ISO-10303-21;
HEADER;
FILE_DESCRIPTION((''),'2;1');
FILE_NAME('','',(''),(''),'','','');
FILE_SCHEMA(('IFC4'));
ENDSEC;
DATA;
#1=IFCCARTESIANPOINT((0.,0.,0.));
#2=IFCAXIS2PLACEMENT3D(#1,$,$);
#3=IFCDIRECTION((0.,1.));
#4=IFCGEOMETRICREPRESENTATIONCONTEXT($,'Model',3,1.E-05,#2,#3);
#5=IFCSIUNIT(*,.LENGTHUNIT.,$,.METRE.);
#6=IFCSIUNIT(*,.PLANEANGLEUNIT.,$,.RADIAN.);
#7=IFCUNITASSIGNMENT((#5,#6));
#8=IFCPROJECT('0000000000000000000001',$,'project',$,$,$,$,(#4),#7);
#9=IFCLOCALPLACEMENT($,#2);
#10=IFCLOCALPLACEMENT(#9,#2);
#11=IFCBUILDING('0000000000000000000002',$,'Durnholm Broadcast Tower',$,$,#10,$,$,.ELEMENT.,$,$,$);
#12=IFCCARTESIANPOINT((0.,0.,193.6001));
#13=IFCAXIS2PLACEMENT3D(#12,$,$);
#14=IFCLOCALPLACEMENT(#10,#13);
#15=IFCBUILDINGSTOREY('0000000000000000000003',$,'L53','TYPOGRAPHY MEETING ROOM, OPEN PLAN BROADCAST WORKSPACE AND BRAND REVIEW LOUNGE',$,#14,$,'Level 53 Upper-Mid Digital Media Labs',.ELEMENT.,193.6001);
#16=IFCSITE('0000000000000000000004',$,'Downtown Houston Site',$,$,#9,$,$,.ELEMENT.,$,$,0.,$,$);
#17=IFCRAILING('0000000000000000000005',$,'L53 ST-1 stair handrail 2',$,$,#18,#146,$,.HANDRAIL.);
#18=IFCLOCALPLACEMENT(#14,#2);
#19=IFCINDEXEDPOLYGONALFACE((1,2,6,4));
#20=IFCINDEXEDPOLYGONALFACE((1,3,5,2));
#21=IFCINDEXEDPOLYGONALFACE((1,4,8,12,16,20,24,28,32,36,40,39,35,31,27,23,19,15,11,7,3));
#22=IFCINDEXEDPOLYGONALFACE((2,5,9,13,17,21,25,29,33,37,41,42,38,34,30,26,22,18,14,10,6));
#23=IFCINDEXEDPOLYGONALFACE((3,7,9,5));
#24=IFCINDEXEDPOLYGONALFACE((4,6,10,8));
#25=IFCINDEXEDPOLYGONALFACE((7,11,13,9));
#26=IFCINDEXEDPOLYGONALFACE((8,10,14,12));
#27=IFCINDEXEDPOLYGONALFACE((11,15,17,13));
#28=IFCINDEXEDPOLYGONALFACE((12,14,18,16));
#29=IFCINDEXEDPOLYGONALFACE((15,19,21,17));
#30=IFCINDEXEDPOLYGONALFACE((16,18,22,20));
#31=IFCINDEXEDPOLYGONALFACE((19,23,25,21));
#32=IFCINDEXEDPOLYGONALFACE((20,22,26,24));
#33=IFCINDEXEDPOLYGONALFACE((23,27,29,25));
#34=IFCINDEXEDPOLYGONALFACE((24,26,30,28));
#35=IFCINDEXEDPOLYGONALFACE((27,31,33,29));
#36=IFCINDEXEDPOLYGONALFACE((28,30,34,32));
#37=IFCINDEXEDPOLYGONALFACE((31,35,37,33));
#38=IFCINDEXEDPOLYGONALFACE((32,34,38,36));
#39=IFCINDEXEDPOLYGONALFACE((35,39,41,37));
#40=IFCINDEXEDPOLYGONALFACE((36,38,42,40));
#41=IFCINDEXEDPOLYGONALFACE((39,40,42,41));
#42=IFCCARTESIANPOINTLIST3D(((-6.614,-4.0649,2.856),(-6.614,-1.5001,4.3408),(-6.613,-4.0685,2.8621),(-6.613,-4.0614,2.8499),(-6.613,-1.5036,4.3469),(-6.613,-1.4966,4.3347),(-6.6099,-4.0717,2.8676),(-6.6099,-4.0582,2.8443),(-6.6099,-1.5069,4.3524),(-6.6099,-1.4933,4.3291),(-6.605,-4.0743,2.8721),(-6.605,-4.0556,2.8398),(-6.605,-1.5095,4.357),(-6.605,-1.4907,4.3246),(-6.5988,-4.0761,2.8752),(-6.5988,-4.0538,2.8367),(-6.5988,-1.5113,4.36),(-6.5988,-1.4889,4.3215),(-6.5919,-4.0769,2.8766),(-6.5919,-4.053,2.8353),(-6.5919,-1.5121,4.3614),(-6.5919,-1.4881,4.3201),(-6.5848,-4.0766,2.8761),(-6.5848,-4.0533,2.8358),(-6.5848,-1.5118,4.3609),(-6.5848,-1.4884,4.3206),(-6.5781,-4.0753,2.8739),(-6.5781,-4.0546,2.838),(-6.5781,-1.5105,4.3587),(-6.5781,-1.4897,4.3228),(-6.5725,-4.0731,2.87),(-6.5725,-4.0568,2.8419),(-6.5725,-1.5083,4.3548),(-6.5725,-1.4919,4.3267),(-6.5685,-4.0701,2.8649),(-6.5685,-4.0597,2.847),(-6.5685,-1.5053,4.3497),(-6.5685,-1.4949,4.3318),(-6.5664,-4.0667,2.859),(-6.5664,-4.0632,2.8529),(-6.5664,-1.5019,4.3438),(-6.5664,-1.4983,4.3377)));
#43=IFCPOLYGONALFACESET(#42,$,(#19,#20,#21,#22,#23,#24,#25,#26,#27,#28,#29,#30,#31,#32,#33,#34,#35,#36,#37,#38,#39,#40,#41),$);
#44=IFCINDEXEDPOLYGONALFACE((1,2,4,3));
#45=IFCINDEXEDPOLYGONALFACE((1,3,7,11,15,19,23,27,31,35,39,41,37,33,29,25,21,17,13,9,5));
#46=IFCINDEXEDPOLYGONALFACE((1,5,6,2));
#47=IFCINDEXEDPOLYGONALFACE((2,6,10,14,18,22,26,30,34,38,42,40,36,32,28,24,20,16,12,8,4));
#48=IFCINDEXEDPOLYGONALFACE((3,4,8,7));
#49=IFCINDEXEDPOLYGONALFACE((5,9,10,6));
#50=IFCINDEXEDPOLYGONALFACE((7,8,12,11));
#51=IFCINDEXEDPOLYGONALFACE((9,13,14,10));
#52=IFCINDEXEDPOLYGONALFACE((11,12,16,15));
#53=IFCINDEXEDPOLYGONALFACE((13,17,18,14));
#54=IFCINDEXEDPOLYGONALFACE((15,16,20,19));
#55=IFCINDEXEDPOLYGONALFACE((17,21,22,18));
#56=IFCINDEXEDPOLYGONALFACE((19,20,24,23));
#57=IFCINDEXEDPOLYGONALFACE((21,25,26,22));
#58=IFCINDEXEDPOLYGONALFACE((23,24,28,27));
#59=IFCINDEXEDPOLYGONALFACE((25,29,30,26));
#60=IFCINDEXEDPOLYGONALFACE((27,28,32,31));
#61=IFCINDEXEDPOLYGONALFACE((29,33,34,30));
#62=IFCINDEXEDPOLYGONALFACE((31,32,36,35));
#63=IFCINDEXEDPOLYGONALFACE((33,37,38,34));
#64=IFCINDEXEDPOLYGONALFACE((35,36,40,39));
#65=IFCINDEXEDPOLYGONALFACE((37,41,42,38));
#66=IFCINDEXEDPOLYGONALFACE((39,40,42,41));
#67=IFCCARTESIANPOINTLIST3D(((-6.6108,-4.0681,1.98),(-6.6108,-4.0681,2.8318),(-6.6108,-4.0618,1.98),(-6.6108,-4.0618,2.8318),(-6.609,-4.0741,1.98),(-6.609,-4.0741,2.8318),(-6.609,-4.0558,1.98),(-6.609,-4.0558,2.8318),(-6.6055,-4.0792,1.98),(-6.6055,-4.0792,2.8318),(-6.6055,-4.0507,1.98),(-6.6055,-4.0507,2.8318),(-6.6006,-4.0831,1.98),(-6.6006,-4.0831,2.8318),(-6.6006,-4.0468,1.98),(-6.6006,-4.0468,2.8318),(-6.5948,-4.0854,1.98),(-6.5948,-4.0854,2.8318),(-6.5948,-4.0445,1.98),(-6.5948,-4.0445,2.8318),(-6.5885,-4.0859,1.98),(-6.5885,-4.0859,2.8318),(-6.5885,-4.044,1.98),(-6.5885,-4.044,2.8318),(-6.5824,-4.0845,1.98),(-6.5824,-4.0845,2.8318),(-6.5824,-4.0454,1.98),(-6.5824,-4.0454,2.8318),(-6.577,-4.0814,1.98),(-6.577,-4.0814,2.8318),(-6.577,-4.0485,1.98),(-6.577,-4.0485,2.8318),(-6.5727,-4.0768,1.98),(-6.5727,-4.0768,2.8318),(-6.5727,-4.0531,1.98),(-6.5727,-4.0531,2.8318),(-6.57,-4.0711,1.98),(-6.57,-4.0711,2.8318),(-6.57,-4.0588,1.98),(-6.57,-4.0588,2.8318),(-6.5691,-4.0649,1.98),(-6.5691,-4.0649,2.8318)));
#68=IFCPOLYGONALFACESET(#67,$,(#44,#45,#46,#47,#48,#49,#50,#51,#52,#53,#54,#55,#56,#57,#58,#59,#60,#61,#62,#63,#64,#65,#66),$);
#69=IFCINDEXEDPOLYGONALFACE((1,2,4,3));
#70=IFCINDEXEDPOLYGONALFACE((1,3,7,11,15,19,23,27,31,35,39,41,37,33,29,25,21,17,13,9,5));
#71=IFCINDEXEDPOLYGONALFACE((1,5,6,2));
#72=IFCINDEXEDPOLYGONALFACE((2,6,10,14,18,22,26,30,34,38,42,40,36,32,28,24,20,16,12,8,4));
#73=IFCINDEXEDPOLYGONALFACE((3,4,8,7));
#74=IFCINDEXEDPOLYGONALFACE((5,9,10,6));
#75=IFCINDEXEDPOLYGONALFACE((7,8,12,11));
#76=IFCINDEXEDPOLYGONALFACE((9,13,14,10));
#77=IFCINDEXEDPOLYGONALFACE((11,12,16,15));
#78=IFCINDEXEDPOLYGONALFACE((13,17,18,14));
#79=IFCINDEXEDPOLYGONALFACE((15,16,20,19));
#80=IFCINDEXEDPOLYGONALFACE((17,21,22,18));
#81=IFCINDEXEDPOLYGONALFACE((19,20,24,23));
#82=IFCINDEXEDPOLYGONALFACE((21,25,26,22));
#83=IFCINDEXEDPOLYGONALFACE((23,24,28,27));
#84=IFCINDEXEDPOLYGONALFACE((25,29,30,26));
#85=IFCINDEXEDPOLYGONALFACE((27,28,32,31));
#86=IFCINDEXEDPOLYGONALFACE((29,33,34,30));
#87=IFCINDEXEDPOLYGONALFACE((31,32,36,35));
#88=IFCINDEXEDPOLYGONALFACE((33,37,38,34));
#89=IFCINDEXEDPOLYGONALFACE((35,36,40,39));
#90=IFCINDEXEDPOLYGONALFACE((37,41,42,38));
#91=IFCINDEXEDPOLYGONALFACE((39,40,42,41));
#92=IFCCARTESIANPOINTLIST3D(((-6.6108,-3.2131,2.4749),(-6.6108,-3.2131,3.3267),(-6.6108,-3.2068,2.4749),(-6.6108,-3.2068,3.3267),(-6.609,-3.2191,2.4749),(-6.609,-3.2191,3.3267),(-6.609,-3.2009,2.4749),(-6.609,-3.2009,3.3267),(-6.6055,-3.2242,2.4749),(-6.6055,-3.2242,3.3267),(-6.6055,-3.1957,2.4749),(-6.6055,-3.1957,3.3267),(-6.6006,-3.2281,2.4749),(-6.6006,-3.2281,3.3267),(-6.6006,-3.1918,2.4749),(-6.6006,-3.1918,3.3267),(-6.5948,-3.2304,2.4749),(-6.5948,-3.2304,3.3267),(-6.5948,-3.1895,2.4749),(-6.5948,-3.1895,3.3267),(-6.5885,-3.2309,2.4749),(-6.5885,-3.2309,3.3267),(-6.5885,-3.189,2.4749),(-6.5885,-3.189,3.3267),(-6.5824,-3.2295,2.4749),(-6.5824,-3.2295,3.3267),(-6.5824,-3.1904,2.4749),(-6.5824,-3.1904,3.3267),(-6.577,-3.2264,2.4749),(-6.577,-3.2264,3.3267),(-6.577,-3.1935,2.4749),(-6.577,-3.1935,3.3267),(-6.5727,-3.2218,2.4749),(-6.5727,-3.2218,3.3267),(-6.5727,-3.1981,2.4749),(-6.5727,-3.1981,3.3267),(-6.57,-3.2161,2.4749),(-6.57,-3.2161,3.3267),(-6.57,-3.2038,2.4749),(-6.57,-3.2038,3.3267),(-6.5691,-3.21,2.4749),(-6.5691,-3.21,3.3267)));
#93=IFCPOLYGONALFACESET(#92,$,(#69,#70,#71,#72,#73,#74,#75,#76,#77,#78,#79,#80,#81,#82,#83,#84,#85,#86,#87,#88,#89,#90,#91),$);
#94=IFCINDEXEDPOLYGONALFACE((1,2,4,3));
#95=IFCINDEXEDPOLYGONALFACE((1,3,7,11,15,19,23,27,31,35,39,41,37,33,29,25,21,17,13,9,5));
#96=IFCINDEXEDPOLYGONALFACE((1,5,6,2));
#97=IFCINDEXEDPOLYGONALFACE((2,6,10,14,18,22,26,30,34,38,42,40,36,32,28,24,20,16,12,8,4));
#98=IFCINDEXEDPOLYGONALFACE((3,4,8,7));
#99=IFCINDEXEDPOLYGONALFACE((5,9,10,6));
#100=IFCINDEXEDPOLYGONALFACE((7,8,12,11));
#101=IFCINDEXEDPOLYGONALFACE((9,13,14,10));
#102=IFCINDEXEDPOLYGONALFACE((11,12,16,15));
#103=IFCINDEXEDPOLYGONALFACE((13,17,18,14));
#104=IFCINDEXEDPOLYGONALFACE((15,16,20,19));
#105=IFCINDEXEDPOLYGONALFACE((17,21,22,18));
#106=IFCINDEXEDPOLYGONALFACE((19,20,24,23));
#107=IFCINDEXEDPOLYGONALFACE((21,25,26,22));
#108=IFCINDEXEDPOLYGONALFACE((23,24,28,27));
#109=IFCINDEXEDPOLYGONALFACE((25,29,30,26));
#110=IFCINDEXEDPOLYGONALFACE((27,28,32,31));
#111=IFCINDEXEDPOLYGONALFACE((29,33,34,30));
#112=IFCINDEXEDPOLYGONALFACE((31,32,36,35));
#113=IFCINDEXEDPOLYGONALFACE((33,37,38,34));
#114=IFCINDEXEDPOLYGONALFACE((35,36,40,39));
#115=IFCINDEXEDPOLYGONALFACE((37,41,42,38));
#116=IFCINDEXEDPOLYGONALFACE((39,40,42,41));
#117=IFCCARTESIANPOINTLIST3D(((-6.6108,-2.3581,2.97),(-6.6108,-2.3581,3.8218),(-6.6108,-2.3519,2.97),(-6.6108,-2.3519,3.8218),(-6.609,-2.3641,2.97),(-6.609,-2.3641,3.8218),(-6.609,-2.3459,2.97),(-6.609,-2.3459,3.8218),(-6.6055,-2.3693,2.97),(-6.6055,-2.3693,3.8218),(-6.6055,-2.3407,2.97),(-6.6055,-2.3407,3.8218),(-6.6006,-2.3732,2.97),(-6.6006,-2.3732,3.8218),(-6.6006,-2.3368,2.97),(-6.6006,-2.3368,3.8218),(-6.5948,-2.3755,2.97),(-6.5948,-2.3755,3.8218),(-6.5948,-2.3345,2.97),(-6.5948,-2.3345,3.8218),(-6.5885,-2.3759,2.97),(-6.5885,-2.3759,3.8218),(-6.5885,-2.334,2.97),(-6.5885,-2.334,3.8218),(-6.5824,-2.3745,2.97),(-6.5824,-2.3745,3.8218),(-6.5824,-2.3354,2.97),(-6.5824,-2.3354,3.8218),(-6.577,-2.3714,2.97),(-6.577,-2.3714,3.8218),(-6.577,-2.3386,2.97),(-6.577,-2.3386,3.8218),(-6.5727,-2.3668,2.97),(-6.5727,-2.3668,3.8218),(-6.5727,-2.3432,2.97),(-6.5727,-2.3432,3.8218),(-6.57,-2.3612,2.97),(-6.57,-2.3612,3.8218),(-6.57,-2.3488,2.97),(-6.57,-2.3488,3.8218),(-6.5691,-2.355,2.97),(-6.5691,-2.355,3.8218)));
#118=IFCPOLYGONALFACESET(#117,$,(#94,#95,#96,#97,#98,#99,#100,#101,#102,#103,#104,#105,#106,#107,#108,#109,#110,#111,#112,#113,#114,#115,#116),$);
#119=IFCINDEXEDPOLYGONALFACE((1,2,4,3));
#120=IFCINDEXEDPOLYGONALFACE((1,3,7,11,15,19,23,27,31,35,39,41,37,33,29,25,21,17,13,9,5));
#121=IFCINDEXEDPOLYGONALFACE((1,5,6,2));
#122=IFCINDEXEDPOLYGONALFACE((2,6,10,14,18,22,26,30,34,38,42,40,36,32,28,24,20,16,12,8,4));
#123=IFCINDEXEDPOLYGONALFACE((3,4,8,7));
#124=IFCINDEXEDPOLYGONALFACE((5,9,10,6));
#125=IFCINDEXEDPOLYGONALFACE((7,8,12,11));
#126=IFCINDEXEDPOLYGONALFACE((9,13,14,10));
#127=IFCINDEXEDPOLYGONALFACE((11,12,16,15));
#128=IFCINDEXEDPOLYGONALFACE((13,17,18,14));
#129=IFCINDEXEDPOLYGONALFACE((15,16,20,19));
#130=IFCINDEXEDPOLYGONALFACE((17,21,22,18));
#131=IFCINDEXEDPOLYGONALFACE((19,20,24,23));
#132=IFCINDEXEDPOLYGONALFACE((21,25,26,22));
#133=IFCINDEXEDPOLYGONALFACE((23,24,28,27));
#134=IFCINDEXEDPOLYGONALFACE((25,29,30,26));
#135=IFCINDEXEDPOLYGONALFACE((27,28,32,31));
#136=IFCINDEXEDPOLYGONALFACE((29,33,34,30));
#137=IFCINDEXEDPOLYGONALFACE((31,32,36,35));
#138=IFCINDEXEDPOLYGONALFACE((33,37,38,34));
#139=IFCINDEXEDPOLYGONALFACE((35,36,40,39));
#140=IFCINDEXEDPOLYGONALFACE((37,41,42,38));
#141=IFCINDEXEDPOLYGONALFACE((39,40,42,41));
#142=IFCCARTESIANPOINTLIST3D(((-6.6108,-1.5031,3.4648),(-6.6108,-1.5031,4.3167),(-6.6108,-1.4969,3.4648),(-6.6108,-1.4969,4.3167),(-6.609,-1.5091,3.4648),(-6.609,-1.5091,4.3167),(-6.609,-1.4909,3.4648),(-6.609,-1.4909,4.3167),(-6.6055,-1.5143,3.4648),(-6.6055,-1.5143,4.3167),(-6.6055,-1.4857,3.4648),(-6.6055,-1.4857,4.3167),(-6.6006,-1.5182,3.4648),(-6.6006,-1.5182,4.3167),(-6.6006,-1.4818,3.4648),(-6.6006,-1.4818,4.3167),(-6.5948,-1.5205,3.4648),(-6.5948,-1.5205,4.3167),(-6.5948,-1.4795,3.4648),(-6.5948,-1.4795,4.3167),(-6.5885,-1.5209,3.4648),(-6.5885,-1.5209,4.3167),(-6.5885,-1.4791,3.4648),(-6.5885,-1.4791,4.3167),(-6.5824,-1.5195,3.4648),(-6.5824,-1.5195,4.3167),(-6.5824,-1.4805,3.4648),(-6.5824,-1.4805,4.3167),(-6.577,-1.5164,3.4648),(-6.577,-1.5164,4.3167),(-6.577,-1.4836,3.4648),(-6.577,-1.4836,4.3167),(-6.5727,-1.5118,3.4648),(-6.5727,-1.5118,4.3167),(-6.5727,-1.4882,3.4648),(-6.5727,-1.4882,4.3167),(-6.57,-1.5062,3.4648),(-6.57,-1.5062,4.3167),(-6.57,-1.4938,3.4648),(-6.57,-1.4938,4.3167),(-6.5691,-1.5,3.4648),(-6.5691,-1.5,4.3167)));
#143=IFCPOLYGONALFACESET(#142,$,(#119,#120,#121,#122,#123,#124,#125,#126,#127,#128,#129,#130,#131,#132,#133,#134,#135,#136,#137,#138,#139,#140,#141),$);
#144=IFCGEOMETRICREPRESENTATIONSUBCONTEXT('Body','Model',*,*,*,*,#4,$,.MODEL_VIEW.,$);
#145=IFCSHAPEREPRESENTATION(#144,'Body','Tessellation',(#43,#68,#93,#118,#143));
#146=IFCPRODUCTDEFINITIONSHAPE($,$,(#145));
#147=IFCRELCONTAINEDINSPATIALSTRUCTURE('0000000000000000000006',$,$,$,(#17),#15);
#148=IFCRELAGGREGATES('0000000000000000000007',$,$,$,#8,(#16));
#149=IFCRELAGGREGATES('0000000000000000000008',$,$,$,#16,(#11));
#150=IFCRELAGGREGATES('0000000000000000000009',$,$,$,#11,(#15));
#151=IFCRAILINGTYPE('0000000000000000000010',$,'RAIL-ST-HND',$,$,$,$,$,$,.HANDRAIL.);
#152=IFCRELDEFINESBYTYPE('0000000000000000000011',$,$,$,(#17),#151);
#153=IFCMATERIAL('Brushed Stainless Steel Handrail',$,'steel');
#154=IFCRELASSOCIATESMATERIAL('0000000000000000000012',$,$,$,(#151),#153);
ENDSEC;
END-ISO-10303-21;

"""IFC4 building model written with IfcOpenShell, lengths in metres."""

from ifc_helpers import new_model, si_unit, direction, frame, origin, origin_2d, place, context, subcontext, project, spatial, circle, extrude, material, type_object, element, save


model = new_model("IFC4")

# Units and contexts
model_context = context("Model", 3, precision=1e-05, world=origin(), true_north=direction((0.0, 1.0)))
body_context = subcontext(model_context, "Body", "Model", "MODEL_VIEW")
ifc_project = project(units=[si_unit("LENGTHUNIT", "METRE"), si_unit("PLANEANGLEUNIT", "RADIAN")], contexts=[model_context])

# Site, building, storey
site_placement = place(None, origin())
site = spatial("IfcSite", under=ifc_project, at=site_placement, Name="Downtown Houston Site", CompositionType="ELEMENT", RefElevation=0.0)
building_placement = place(site_placement, origin())
building = spatial("IfcBuilding", under=site, at=building_placement, Name="Durnholm Broadcast Tower", CompositionType="ELEMENT")
storey_placement = place(building_placement, frame((0.0, 0.0, 193.6001)))
storey = spatial("IfcBuildingStorey", under=building, at=storey_placement, Name="L53", Description="TYPOGRAPHY MEETING ROOM, OPEN PLAN BROADCAST WORKSPACE AND BRAND REVIEW LOUNGE", LongName="Level 53 Upper-Mid Digital Media Labs", CompositionType="ELEMENT", Elevation=193.6001)

# Railing
ifc_material_1 = material(Name="Brushed Stainless Steel Handrail", Category="steel")
railing_type_1 = type_object("IfcRailingType", Name="RAIL-ST-HND", PredefinedType="HANDRAIL", material=ifc_material_1)
railing_1_placement = place(storey_placement, frame((-6.5901, -4.0649, 1.98)))
element("IfcRailing", 1, at=railing_1_placement, inside=storey, type_object=railing_type_1, Name="L53 ST-1 stair handrail 2", PredefinedType="HANDRAIL", context=body_context, shape_type="SweptSolid", body=[
    extrude(circle(Radius=0.0239, at=origin_2d()), frame((0.0, 0.0, 0.876), z_axis=(0.0, 0.865441, 0.50101), x_axis=(-1.0, 0.0, 0.0)), (0.0, 0.0, 1.0), 2.9636),
    extrude(circle(Radius=0.021, at=origin_2d()), origin(), (0.0, 0.0, 1.0), 0.8518),
    extrude(circle(Radius=0.021, at=origin_2d()), frame((0.0, 0.855, 0.4949)), (0.0, 0.0, 1.0), 0.8518),
    extrude(circle(Radius=0.021, at=origin_2d()), frame((0.0, 1.71, 0.99)), (0.0, 0.0, 1.0), 0.8518),
    extrude(circle(Radius=0.021, at=origin_2d()), frame((0.0, 2.5649, 1.4849)), (0.0, 0.0, 1.0), 0.8518),
])

save(model, "model.ifc")
